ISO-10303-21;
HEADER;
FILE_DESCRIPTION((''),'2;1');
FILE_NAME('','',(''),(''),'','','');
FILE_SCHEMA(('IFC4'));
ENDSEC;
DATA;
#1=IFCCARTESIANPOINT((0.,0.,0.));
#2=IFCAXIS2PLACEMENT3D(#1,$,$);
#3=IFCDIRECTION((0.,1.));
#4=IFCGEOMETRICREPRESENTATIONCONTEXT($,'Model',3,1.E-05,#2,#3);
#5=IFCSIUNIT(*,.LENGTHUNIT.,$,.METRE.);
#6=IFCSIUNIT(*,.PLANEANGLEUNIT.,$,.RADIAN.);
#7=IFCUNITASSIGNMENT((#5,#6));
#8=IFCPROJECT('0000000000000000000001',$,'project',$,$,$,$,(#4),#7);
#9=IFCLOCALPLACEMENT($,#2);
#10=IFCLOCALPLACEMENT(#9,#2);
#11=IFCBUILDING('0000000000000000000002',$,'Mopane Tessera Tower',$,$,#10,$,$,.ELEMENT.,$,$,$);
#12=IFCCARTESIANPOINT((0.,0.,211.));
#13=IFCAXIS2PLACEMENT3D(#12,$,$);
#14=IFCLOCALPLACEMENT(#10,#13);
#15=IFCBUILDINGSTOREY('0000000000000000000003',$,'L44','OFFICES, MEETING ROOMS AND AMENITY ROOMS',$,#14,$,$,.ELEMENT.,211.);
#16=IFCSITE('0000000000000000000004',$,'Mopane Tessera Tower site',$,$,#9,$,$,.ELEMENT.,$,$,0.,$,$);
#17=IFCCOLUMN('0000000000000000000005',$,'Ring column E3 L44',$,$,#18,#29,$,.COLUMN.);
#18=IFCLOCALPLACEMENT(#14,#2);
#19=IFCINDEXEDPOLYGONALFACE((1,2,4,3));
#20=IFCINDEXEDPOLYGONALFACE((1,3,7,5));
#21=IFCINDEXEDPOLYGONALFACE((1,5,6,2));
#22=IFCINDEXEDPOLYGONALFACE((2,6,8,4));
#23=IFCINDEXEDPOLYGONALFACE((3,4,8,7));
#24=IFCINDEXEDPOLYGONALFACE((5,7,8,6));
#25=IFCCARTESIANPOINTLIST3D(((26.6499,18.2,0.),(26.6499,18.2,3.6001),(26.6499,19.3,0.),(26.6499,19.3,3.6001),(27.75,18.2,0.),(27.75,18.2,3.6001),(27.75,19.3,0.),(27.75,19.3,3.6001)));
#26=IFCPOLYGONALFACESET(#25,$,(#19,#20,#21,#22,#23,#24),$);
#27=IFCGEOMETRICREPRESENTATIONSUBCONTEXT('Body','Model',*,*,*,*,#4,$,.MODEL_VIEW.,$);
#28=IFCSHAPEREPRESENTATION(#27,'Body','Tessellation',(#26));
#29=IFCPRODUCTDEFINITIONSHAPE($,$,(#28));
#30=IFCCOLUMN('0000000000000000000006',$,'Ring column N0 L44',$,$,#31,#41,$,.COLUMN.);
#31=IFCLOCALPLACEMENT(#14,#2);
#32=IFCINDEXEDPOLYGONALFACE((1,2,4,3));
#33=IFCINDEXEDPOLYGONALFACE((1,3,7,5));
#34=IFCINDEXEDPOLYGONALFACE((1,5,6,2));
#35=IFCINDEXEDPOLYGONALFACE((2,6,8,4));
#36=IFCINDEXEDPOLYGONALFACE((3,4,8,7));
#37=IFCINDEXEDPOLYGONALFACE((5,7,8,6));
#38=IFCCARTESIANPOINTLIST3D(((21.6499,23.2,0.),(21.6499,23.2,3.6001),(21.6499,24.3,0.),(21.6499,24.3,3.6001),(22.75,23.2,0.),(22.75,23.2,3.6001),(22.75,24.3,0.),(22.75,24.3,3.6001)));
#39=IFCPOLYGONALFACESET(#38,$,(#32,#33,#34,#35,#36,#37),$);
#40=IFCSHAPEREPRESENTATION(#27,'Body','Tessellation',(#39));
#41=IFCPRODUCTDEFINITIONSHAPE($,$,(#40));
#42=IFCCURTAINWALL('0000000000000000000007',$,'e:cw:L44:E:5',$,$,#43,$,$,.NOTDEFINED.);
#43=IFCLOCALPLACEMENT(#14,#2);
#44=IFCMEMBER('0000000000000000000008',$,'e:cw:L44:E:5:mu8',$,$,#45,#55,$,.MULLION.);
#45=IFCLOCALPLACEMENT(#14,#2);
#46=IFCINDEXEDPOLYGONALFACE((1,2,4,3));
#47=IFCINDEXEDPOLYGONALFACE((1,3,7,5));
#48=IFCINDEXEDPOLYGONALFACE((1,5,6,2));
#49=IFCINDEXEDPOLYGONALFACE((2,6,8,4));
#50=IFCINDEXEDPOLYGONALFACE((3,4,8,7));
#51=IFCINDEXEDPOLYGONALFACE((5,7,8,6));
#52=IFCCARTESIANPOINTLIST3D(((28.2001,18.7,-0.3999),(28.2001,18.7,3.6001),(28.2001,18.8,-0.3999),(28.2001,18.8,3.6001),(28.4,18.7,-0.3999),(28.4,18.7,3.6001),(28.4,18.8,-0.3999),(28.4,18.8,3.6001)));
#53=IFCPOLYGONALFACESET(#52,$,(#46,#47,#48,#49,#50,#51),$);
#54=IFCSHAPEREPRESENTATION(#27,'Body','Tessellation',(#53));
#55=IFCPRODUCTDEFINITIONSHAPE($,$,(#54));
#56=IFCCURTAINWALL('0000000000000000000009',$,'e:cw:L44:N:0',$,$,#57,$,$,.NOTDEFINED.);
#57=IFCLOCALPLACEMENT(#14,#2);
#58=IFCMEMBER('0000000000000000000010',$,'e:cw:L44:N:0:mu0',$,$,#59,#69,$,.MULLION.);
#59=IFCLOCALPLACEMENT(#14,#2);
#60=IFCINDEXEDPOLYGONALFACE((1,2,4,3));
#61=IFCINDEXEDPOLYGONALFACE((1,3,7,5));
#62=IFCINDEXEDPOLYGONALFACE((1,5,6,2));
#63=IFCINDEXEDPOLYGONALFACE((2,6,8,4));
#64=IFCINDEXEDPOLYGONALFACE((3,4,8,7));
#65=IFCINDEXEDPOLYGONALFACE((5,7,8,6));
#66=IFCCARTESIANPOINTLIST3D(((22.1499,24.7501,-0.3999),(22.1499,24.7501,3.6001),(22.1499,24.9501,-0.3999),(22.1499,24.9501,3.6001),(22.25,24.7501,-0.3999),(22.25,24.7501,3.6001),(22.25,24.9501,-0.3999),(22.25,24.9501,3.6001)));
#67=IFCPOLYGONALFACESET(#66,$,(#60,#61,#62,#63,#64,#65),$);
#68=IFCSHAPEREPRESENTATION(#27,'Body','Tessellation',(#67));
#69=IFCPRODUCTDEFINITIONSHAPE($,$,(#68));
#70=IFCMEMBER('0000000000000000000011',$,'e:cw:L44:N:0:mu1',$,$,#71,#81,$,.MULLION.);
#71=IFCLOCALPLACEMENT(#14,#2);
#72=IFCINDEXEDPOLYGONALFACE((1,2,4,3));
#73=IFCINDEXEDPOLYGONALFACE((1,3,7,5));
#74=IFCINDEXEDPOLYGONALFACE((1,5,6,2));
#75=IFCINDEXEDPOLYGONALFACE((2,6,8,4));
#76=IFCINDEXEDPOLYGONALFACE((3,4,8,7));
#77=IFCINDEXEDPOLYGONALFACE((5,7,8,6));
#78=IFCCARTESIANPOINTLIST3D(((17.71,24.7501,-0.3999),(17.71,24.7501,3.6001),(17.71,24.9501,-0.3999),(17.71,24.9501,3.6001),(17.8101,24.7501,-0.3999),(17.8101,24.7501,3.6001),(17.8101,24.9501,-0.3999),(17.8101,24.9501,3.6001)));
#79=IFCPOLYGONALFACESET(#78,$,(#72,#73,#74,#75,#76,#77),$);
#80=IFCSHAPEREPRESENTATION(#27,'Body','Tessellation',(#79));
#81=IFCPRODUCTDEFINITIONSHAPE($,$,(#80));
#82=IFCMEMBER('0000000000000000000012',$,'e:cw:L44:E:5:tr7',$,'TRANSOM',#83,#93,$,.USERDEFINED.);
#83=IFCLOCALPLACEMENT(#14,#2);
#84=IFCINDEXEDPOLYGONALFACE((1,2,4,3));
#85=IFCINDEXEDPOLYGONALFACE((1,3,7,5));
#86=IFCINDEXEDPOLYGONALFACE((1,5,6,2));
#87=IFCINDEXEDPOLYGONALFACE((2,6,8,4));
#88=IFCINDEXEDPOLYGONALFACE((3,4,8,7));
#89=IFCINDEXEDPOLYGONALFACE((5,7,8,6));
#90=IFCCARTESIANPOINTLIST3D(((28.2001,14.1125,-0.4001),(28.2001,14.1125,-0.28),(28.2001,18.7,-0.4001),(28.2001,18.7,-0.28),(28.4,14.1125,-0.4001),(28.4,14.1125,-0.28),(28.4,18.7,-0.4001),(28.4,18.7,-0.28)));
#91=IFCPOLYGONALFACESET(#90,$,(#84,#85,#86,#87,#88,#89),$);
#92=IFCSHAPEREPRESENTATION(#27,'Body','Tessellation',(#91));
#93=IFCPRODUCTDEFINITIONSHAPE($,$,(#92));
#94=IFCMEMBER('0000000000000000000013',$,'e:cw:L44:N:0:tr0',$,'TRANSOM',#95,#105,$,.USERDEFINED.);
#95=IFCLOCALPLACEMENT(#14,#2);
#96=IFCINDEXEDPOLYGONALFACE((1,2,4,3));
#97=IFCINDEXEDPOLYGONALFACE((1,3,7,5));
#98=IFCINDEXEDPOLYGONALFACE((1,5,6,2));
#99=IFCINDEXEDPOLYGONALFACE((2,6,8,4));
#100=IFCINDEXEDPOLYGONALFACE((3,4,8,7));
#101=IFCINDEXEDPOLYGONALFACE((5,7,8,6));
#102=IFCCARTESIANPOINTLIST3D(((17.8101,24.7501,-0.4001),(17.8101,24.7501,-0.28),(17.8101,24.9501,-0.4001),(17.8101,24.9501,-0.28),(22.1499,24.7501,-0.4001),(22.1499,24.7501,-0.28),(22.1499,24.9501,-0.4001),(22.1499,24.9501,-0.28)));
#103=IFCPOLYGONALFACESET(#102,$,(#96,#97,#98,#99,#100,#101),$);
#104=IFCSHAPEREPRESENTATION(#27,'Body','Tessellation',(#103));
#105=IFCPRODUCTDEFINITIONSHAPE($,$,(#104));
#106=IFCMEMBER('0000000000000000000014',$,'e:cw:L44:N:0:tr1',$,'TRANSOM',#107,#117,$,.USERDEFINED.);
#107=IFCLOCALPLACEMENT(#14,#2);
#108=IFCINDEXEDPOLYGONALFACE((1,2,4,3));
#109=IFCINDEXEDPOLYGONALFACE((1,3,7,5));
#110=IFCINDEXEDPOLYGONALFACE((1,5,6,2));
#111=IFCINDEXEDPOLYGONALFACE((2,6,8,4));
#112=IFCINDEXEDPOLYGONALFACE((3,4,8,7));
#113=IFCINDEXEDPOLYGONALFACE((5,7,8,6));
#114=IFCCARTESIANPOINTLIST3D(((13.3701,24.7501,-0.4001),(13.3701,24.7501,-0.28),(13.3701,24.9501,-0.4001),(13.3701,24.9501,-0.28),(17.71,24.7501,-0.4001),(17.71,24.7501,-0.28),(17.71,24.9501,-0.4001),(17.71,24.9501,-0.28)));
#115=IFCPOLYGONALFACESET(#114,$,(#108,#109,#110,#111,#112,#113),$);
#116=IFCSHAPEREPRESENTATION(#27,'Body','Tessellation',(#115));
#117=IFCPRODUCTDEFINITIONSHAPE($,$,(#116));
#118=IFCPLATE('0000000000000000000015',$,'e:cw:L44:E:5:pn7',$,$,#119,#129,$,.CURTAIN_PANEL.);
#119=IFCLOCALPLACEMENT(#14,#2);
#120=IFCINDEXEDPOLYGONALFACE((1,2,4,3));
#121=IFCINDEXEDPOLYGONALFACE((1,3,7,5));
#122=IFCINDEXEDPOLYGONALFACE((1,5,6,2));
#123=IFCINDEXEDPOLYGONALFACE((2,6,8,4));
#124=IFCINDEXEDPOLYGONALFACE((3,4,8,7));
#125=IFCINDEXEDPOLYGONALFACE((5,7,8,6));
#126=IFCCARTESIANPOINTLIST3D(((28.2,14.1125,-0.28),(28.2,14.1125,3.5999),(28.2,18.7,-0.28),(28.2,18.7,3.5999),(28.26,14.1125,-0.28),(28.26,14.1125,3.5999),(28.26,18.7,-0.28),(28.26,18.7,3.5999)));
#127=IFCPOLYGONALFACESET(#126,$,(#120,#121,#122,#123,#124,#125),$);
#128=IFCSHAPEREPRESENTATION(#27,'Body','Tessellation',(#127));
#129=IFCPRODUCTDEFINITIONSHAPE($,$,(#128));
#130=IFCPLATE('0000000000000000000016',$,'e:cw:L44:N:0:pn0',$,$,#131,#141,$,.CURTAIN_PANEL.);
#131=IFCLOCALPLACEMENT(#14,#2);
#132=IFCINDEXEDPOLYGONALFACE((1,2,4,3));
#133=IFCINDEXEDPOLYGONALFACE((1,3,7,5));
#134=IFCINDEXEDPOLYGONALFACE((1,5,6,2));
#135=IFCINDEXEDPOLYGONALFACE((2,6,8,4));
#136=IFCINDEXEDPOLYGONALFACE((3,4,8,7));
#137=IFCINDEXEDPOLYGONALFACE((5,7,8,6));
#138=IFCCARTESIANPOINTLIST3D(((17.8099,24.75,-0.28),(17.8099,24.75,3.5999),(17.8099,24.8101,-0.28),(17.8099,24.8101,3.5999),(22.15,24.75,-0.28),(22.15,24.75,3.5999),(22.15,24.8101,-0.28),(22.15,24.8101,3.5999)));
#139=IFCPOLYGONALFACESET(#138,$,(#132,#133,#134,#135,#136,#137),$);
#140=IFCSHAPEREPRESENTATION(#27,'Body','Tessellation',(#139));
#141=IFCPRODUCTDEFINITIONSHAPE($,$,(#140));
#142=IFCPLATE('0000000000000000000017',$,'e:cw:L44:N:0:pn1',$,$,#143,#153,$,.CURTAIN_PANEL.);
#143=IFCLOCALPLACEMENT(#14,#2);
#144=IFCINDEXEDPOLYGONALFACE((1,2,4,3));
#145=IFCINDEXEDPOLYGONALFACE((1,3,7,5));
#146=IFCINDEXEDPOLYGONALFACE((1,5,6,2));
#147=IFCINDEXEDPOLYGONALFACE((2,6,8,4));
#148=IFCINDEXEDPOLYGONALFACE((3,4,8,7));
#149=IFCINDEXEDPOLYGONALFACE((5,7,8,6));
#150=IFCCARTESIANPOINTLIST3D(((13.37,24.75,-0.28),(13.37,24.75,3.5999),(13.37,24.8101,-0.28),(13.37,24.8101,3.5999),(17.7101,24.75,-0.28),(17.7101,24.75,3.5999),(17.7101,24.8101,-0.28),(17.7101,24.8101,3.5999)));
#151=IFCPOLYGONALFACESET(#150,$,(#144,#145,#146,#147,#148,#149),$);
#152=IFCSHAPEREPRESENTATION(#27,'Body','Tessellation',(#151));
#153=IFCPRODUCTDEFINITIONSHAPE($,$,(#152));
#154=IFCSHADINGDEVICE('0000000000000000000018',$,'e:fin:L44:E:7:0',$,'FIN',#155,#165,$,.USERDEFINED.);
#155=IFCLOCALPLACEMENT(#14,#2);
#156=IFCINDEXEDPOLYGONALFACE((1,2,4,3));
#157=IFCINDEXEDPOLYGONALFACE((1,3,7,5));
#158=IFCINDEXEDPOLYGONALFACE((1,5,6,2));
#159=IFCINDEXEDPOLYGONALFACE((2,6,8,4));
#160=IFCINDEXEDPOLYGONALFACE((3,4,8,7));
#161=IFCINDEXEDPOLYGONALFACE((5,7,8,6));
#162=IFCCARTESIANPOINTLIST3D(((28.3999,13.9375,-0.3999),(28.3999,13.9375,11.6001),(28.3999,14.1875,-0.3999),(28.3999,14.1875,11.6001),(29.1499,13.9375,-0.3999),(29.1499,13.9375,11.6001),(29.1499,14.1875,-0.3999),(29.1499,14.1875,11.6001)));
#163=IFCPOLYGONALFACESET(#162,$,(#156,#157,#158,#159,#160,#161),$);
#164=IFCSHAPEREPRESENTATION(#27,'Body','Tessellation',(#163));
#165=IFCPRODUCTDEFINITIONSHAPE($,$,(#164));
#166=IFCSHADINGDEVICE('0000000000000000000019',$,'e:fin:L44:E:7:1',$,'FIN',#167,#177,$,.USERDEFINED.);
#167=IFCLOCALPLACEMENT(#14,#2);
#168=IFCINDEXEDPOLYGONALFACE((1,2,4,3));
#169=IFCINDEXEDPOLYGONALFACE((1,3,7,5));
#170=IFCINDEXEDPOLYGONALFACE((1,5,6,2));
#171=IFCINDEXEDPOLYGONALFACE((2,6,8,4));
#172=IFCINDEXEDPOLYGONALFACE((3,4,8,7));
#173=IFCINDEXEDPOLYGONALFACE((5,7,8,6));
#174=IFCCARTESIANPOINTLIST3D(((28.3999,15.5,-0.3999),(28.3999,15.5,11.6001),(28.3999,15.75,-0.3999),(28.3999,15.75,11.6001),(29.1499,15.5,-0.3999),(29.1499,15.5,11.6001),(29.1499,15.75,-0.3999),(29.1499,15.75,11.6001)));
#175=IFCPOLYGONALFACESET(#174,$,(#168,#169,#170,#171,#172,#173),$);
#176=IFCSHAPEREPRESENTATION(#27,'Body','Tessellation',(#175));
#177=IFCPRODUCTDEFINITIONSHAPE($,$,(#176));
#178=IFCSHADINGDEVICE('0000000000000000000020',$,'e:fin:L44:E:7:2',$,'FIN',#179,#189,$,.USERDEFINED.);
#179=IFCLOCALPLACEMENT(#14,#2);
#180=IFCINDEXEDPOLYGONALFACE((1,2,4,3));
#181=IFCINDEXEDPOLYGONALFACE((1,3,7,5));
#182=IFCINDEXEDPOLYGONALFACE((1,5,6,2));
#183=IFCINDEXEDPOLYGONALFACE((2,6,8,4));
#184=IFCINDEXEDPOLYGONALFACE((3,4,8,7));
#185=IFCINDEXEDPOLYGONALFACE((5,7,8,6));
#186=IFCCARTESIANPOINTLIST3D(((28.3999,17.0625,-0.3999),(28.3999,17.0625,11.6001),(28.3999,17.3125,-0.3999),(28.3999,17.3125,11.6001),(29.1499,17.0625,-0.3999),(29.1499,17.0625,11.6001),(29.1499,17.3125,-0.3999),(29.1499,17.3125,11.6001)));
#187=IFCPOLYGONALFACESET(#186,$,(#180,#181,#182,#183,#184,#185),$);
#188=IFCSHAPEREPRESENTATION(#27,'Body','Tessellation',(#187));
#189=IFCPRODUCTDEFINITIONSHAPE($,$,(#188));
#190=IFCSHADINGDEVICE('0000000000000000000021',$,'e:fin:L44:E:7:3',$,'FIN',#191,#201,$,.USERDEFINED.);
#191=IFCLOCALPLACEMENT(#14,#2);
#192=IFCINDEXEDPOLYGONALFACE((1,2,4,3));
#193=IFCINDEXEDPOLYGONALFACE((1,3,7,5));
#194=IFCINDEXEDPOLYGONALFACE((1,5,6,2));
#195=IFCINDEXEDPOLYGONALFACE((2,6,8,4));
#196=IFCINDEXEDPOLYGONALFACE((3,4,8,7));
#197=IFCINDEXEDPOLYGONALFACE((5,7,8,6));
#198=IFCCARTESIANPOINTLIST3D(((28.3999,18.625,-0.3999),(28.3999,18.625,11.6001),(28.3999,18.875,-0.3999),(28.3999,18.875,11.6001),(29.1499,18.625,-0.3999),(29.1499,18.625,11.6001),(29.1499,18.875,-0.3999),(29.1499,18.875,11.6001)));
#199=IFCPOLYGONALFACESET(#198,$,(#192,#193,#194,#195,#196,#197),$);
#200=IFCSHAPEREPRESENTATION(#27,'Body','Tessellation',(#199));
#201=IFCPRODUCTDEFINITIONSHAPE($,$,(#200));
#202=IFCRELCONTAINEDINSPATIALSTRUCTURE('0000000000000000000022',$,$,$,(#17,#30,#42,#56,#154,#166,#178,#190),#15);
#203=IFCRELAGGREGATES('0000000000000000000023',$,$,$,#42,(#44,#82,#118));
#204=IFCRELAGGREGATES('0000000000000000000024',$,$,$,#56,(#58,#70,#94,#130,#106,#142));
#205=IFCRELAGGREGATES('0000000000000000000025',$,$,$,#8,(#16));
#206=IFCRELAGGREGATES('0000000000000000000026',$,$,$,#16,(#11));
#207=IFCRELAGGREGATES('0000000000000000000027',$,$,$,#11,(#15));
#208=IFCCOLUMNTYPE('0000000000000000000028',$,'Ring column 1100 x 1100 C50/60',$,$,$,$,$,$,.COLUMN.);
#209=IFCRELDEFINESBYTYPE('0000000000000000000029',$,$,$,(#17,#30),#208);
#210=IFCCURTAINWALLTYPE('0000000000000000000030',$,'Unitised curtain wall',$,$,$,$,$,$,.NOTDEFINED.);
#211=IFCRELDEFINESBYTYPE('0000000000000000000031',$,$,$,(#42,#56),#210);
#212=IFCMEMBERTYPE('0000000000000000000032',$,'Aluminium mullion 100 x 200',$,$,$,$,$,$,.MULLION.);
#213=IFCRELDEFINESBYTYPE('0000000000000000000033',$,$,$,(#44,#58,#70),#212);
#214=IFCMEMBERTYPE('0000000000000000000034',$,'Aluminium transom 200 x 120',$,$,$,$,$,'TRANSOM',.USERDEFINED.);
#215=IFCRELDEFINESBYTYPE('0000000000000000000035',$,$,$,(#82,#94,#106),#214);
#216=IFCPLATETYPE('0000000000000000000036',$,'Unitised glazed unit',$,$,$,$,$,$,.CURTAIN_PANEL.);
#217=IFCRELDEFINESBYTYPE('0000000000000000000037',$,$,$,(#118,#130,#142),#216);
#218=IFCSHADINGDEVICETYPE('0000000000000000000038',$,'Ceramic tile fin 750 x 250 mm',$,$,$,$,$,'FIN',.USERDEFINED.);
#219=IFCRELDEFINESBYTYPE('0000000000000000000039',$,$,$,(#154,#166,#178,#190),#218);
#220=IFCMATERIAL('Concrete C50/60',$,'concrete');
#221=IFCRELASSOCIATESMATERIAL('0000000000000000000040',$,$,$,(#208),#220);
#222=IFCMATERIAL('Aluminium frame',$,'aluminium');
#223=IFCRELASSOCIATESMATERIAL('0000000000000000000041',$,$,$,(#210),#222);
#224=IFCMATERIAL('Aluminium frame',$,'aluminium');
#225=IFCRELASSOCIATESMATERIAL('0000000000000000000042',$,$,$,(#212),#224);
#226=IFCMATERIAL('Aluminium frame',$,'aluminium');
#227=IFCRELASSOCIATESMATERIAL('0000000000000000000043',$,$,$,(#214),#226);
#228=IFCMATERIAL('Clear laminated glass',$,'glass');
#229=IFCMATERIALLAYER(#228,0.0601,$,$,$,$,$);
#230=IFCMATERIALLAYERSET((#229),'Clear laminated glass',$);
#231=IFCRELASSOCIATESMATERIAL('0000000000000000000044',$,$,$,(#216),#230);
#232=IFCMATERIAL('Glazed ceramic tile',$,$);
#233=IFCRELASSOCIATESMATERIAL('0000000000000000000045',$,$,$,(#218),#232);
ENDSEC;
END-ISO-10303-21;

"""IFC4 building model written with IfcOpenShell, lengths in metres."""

from ifc_helpers import new_model, si_unit, direction, frame, origin, origin_2d, place, context, subcontext, project, spatial, rectangle, extrude, material, layer, layer_set, material_profile, profile_set, type_object, element, aggregate, save


model = new_model("IFC4")

# Units and contexts
model_context = context("Model", 3, precision=1e-05, world=origin(), true_north=direction((0.0, 1.0)))
body_context = subcontext(model_context, "Body", "Model", "MODEL_VIEW")
ifc_project = project(units=[si_unit("LENGTHUNIT", "METRE"), si_unit("PLANEANGLEUNIT", "RADIAN")], contexts=[model_context])

# Site, building, storey
site_placement = place(None, origin())
site = spatial("IfcSite", under=ifc_project, at=site_placement, Name="Mopane Tessera Tower site", CompositionType="ELEMENT", RefElevation=0.0)
building_placement = place(site_placement, origin())
building = spatial("IfcBuilding", under=site, at=building_placement, Name="Mopane Tessera Tower", CompositionType="ELEMENT")
storey_placement = place(building_placement, frame((0.0, 0.0, 211.0)))
storey = spatial("IfcBuildingStorey", under=building, at=storey_placement, Name="L44", Description="OFFICES, MEETING ROOMS AND AMENITY ROOMS", CompositionType="ELEMENT", Elevation=211.0)

# Columns
ifc_material_1 = material(Name="Concrete C50/60", Category="concrete")
ifc_material_profile_1 = material_profile(ifc_material_1, rectangle(XDim=1.1001, YDim=1.1001, at=origin_2d()))
ifc_profile_set_1 = profile_set([ifc_material_profile_1], Name="Concrete C50/60")
column_type = type_object("IfcColumnType", Name="Ring column 1100 x 1100 C50/60", PredefinedType="COLUMN", material=ifc_profile_set_1)
for number, where, z_axis, x_axis, name in (
    (1, (27.2, 18.75, 0.0), (0.0, 0.0, 1.0), (1.0, 0.0, 0.0), "Ring column E3 L44"),
    (2, (22.2, 23.75, 0.0), (0.0, 0.0, 1.0), (1.0, 0.0, 0.0), "Ring column N0 L44"),
):
    element("IfcColumn", number, at=place(storey_placement, frame(where, z_axis=z_axis, x_axis=x_axis)), inside=storey, type_object=column_type, Name=name, PredefinedType="COLUMN", context=body_context, shape_type="SweptSolid", body=[
        extrude(rectangle(XDim=1.1001, YDim=1.1001, at=origin_2d()), origin(), (0.0, 0.0, 1.0), 3.6001),
    ])

# Curtain wall, member
ifc_material_2 = material(Name="Aluminium frame", Category="aluminium")
curtain_wall_type = type_object("IfcCurtainWallType", Name="Unitised curtain wall", PredefinedType="NOTDEFINED", material=ifc_material_2)
curtain_wall_1_placement = place(storey_placement, origin())
curtain_wall_1 = element("IfcCurtainWall", 3, at=curtain_wall_1_placement, inside=storey, type_object=curtain_wall_type, Name="e:cw:L44:E:5", PredefinedType="NOTDEFINED")
ifc_material_3 = material(Name="Aluminium frame", Category="aluminium")
ifc_material_profile_2 = material_profile(ifc_material_3, rectangle(XDim=0.1001, YDim=0.2, at=origin_2d()))
ifc_profile_set_2 = profile_set([ifc_material_profile_2], Name="Aluminium frame")
member_type_1 = type_object("IfcMemberType", Name="Aluminium mullion 100 x 200", PredefinedType="MULLION", material=ifc_profile_set_2)
member_1_placement = place(storey_placement, frame((28.3, 18.75, -0.3999), z_axis=(0.0, 0.0, 1.0), x_axis=(0.0, 1.0, 0.0)))
member_1 = element("IfcMember", 4, at=member_1_placement, type_object=member_type_1, Name="e:cw:L44:E:5:mu8", PredefinedType="MULLION", context=body_context, shape_type="SweptSolid", body=[
    extrude(rectangle(XDim=0.1001, YDim=0.2, at=origin_2d()), origin(), (0.0, 0.0, 1.0), 4.0),
])

# Curtain wall, members
curtain_wall_2_placement = place(storey_placement, origin())
curtain_wall_2 = element("IfcCurtainWall", 5, at=curtain_wall_2_placement, inside=storey, type_object=curtain_wall_type, Name="e:cw:L44:N:0", PredefinedType="NOTDEFINED")
member_2_placement = place(storey_placement, frame((22.2, 24.8501, -0.3999), z_axis=(0.0, 0.0, 1.0), x_axis=(-1.0, 0.0, 0.0)))
member_2 = element("IfcMember", 6, at=member_2_placement, type_object=member_type_1, Name="e:cw:L44:N:0:mu0", PredefinedType="MULLION", context=body_context, shape_type="SweptSolid", body=[
    extrude(rectangle(XDim=0.1001, YDim=0.2, at=origin_2d()), origin(), (0.0, 0.0, 1.0), 4.0),
])
member_3_placement = place(storey_placement, frame((17.76, 24.8501, -0.3999), z_axis=(0.0, 0.0, 1.0), x_axis=(-1.0, 0.0, 0.0)))
member_3 = element("IfcMember", 7, at=member_3_placement, type_object=member_type_1, Name="e:cw:L44:N:0:mu1", PredefinedType="MULLION", context=body_context, shape_type="SweptSolid", body=[
    extrude(rectangle(XDim=0.1001, YDim=0.2, at=origin_2d()), origin(), (0.0, 0.0, 1.0), 4.0),
])

# Members
ifc_material_4 = material(Name="Aluminium frame", Category="aluminium")
ifc_material_profile_3 = material_profile(ifc_material_4, rectangle(XDim=0.2, YDim=0.1201, at=origin_2d()))
ifc_profile_set_3 = profile_set([ifc_material_profile_3], Name="Aluminium frame")
member_type_2 = type_object("IfcMemberType", Name="Aluminium transom 200 x 120", ElementType="TRANSOM", PredefinedType="USERDEFINED", material=ifc_profile_set_3)
member_4_placement = place(storey_placement, frame((28.3, 14.1125, -0.3401), z_axis=(0.0, 1.0, 0.0), x_axis=(-1.0, 0.0, 0.0)))
member_4 = element("IfcMember", 8, at=member_4_placement, type_object=member_type_2, Name="e:cw:L44:E:5:tr7", ObjectType="TRANSOM", PredefinedType="USERDEFINED", context=body_context, shape_type="SweptSolid", body=[
    extrude(rectangle(XDim=0.2, YDim=0.1201, at=origin_2d()), origin(), (0.0, 0.0, 1.0), 4.5874),
])
member_5_placement = place(storey_placement, frame((22.1499, 24.8501, -0.3401), z_axis=(-1.0, 0.0, 0.0), x_axis=(0.0, -1.0, 0.0)))
member_5 = element("IfcMember", 9, at=member_5_placement, type_object=member_type_2, Name="e:cw:L44:N:0:tr0", ObjectType="TRANSOM", PredefinedType="USERDEFINED", context=body_context, shape_type="SweptSolid", body=[
    extrude(rectangle(XDim=0.2, YDim=0.1201, at=origin_2d()), origin(), (0.0, 0.0, 1.0), 4.3398),
])
member_6_placement = place(storey_placement, frame((17.71, 24.8501, -0.3401), z_axis=(-1.0, 0.0, 0.0), x_axis=(0.0, -1.0, 0.0)))
member_6 = element("IfcMember", 10, at=member_6_placement, type_object=member_type_2, Name="e:cw:L44:N:0:tr1", ObjectType="TRANSOM", PredefinedType="USERDEFINED", context=body_context, shape_type="SweptSolid", body=[
    extrude(rectangle(XDim=0.2, YDim=0.1201, at=origin_2d()), origin(), (0.0, 0.0, 1.0), 4.3398),
])

# Plates
ifc_material_5 = material(Name="Clear laminated glass", Category="glass")
ifc_layer = layer(ifc_material_5, 0.0601)
ifc_layer_set = layer_set([ifc_layer], Name="Clear laminated glass")
plate_type = type_object("IfcPlateType", Name="Unitised glazed unit", PredefinedType="CURTAIN_PANEL", material=ifc_layer_set)
plate_1_placement = place(storey_placement, frame((28.23, 16.4062, -0.28), z_axis=(0.0, 0.0, 1.0), x_axis=(0.0, 1.0, 0.0)))
plate_1 = element("IfcPlate", 11, at=plate_1_placement, type_object=plate_type, Name="e:cw:L44:E:5:pn7", PredefinedType="CURTAIN_PANEL", context=body_context, shape_type="SweptSolid", body=[
    extrude(rectangle(XDim=4.5874, YDim=0.0601, at=origin_2d()), origin(), (0.0, 0.0, 1.0), 3.8799),
])
aggregate(curtain_wall_1, [member_1, member_4, plate_1])
plate_2_placement = place(storey_placement, frame((19.98, 24.78, -0.28), z_axis=(0.0, 0.0, 1.0), x_axis=(-1.0, 0.0, 0.0)))
plate_2 = element("IfcPlate", 12, at=plate_2_placement, type_object=plate_type, Name="e:cw:L44:N:0:pn0", PredefinedType="CURTAIN_PANEL", context=body_context, shape_type="SweptSolid", body=[
    extrude(rectangle(XDim=4.3401, YDim=0.0601, at=origin_2d()), origin(), (0.0, 0.0, 1.0), 3.8799),
])
plate_3_placement = place(storey_placement, frame((15.54, 24.78, -0.28), z_axis=(0.0, 0.0, 1.0), x_axis=(-1.0, 0.0, 0.0)))
plate_3 = element("IfcPlate", 13, at=plate_3_placement, type_object=plate_type, Name="e:cw:L44:N:0:pn1", PredefinedType="CURTAIN_PANEL", context=body_context, shape_type="SweptSolid", body=[
    extrude(rectangle(XDim=4.3401, YDim=0.0601, at=origin_2d()), origin(), (0.0, 0.0, 1.0), 3.8799),
])
aggregate(curtain_wall_2, [member_2, member_3, member_5, plate_2, member_6, plate_3])

# Shading devices
ifc_material_6 = material(Name="Glazed ceramic tile")
shading_device_type = type_object("IfcShadingDeviceType", Name="Ceramic tile fin 750 x 250 mm", ElementType="FIN", PredefinedType="USERDEFINED", material=ifc_material_6)
for number, where, z_axis, x_axis, name in (
    (14, (28.7749, 14.0625, -0.3999), (0.0, 0.0, 1.0), (0.0, 1.0, 0.0), "e:fin:L44:E:7:0"),
    (15, (28.7749, 15.625, -0.3999), (0.0, 0.0, 1.0), (0.0, 1.0, 0.0), "e:fin:L44:E:7:1"),
    (16, (28.7749, 17.1875, -0.3999), (0.0, 0.0, 1.0), (0.0, 1.0, 0.0), "e:fin:L44:E:7:2"),
    (17, (28.7749, 18.75, -0.3999), (0.0, 0.0, 1.0), (0.0, 1.0, 0.0), "e:fin:L44:E:7:3"),
):
    element("IfcShadingDevice", number, at=place(storey_placement, frame(where, z_axis=z_axis, x_axis=x_axis)), inside=storey, type_object=shading_device_type, Name=name, ObjectType="FIN", PredefinedType="USERDEFINED", context=body_context, shape_type="SweptSolid", body=[
        extrude(rectangle(XDim=0.25, YDim=0.75, at=origin_2d()), origin(), (0.0, 0.0, 1.0), 12.0),
    ])

save(model, "model.ifc")
